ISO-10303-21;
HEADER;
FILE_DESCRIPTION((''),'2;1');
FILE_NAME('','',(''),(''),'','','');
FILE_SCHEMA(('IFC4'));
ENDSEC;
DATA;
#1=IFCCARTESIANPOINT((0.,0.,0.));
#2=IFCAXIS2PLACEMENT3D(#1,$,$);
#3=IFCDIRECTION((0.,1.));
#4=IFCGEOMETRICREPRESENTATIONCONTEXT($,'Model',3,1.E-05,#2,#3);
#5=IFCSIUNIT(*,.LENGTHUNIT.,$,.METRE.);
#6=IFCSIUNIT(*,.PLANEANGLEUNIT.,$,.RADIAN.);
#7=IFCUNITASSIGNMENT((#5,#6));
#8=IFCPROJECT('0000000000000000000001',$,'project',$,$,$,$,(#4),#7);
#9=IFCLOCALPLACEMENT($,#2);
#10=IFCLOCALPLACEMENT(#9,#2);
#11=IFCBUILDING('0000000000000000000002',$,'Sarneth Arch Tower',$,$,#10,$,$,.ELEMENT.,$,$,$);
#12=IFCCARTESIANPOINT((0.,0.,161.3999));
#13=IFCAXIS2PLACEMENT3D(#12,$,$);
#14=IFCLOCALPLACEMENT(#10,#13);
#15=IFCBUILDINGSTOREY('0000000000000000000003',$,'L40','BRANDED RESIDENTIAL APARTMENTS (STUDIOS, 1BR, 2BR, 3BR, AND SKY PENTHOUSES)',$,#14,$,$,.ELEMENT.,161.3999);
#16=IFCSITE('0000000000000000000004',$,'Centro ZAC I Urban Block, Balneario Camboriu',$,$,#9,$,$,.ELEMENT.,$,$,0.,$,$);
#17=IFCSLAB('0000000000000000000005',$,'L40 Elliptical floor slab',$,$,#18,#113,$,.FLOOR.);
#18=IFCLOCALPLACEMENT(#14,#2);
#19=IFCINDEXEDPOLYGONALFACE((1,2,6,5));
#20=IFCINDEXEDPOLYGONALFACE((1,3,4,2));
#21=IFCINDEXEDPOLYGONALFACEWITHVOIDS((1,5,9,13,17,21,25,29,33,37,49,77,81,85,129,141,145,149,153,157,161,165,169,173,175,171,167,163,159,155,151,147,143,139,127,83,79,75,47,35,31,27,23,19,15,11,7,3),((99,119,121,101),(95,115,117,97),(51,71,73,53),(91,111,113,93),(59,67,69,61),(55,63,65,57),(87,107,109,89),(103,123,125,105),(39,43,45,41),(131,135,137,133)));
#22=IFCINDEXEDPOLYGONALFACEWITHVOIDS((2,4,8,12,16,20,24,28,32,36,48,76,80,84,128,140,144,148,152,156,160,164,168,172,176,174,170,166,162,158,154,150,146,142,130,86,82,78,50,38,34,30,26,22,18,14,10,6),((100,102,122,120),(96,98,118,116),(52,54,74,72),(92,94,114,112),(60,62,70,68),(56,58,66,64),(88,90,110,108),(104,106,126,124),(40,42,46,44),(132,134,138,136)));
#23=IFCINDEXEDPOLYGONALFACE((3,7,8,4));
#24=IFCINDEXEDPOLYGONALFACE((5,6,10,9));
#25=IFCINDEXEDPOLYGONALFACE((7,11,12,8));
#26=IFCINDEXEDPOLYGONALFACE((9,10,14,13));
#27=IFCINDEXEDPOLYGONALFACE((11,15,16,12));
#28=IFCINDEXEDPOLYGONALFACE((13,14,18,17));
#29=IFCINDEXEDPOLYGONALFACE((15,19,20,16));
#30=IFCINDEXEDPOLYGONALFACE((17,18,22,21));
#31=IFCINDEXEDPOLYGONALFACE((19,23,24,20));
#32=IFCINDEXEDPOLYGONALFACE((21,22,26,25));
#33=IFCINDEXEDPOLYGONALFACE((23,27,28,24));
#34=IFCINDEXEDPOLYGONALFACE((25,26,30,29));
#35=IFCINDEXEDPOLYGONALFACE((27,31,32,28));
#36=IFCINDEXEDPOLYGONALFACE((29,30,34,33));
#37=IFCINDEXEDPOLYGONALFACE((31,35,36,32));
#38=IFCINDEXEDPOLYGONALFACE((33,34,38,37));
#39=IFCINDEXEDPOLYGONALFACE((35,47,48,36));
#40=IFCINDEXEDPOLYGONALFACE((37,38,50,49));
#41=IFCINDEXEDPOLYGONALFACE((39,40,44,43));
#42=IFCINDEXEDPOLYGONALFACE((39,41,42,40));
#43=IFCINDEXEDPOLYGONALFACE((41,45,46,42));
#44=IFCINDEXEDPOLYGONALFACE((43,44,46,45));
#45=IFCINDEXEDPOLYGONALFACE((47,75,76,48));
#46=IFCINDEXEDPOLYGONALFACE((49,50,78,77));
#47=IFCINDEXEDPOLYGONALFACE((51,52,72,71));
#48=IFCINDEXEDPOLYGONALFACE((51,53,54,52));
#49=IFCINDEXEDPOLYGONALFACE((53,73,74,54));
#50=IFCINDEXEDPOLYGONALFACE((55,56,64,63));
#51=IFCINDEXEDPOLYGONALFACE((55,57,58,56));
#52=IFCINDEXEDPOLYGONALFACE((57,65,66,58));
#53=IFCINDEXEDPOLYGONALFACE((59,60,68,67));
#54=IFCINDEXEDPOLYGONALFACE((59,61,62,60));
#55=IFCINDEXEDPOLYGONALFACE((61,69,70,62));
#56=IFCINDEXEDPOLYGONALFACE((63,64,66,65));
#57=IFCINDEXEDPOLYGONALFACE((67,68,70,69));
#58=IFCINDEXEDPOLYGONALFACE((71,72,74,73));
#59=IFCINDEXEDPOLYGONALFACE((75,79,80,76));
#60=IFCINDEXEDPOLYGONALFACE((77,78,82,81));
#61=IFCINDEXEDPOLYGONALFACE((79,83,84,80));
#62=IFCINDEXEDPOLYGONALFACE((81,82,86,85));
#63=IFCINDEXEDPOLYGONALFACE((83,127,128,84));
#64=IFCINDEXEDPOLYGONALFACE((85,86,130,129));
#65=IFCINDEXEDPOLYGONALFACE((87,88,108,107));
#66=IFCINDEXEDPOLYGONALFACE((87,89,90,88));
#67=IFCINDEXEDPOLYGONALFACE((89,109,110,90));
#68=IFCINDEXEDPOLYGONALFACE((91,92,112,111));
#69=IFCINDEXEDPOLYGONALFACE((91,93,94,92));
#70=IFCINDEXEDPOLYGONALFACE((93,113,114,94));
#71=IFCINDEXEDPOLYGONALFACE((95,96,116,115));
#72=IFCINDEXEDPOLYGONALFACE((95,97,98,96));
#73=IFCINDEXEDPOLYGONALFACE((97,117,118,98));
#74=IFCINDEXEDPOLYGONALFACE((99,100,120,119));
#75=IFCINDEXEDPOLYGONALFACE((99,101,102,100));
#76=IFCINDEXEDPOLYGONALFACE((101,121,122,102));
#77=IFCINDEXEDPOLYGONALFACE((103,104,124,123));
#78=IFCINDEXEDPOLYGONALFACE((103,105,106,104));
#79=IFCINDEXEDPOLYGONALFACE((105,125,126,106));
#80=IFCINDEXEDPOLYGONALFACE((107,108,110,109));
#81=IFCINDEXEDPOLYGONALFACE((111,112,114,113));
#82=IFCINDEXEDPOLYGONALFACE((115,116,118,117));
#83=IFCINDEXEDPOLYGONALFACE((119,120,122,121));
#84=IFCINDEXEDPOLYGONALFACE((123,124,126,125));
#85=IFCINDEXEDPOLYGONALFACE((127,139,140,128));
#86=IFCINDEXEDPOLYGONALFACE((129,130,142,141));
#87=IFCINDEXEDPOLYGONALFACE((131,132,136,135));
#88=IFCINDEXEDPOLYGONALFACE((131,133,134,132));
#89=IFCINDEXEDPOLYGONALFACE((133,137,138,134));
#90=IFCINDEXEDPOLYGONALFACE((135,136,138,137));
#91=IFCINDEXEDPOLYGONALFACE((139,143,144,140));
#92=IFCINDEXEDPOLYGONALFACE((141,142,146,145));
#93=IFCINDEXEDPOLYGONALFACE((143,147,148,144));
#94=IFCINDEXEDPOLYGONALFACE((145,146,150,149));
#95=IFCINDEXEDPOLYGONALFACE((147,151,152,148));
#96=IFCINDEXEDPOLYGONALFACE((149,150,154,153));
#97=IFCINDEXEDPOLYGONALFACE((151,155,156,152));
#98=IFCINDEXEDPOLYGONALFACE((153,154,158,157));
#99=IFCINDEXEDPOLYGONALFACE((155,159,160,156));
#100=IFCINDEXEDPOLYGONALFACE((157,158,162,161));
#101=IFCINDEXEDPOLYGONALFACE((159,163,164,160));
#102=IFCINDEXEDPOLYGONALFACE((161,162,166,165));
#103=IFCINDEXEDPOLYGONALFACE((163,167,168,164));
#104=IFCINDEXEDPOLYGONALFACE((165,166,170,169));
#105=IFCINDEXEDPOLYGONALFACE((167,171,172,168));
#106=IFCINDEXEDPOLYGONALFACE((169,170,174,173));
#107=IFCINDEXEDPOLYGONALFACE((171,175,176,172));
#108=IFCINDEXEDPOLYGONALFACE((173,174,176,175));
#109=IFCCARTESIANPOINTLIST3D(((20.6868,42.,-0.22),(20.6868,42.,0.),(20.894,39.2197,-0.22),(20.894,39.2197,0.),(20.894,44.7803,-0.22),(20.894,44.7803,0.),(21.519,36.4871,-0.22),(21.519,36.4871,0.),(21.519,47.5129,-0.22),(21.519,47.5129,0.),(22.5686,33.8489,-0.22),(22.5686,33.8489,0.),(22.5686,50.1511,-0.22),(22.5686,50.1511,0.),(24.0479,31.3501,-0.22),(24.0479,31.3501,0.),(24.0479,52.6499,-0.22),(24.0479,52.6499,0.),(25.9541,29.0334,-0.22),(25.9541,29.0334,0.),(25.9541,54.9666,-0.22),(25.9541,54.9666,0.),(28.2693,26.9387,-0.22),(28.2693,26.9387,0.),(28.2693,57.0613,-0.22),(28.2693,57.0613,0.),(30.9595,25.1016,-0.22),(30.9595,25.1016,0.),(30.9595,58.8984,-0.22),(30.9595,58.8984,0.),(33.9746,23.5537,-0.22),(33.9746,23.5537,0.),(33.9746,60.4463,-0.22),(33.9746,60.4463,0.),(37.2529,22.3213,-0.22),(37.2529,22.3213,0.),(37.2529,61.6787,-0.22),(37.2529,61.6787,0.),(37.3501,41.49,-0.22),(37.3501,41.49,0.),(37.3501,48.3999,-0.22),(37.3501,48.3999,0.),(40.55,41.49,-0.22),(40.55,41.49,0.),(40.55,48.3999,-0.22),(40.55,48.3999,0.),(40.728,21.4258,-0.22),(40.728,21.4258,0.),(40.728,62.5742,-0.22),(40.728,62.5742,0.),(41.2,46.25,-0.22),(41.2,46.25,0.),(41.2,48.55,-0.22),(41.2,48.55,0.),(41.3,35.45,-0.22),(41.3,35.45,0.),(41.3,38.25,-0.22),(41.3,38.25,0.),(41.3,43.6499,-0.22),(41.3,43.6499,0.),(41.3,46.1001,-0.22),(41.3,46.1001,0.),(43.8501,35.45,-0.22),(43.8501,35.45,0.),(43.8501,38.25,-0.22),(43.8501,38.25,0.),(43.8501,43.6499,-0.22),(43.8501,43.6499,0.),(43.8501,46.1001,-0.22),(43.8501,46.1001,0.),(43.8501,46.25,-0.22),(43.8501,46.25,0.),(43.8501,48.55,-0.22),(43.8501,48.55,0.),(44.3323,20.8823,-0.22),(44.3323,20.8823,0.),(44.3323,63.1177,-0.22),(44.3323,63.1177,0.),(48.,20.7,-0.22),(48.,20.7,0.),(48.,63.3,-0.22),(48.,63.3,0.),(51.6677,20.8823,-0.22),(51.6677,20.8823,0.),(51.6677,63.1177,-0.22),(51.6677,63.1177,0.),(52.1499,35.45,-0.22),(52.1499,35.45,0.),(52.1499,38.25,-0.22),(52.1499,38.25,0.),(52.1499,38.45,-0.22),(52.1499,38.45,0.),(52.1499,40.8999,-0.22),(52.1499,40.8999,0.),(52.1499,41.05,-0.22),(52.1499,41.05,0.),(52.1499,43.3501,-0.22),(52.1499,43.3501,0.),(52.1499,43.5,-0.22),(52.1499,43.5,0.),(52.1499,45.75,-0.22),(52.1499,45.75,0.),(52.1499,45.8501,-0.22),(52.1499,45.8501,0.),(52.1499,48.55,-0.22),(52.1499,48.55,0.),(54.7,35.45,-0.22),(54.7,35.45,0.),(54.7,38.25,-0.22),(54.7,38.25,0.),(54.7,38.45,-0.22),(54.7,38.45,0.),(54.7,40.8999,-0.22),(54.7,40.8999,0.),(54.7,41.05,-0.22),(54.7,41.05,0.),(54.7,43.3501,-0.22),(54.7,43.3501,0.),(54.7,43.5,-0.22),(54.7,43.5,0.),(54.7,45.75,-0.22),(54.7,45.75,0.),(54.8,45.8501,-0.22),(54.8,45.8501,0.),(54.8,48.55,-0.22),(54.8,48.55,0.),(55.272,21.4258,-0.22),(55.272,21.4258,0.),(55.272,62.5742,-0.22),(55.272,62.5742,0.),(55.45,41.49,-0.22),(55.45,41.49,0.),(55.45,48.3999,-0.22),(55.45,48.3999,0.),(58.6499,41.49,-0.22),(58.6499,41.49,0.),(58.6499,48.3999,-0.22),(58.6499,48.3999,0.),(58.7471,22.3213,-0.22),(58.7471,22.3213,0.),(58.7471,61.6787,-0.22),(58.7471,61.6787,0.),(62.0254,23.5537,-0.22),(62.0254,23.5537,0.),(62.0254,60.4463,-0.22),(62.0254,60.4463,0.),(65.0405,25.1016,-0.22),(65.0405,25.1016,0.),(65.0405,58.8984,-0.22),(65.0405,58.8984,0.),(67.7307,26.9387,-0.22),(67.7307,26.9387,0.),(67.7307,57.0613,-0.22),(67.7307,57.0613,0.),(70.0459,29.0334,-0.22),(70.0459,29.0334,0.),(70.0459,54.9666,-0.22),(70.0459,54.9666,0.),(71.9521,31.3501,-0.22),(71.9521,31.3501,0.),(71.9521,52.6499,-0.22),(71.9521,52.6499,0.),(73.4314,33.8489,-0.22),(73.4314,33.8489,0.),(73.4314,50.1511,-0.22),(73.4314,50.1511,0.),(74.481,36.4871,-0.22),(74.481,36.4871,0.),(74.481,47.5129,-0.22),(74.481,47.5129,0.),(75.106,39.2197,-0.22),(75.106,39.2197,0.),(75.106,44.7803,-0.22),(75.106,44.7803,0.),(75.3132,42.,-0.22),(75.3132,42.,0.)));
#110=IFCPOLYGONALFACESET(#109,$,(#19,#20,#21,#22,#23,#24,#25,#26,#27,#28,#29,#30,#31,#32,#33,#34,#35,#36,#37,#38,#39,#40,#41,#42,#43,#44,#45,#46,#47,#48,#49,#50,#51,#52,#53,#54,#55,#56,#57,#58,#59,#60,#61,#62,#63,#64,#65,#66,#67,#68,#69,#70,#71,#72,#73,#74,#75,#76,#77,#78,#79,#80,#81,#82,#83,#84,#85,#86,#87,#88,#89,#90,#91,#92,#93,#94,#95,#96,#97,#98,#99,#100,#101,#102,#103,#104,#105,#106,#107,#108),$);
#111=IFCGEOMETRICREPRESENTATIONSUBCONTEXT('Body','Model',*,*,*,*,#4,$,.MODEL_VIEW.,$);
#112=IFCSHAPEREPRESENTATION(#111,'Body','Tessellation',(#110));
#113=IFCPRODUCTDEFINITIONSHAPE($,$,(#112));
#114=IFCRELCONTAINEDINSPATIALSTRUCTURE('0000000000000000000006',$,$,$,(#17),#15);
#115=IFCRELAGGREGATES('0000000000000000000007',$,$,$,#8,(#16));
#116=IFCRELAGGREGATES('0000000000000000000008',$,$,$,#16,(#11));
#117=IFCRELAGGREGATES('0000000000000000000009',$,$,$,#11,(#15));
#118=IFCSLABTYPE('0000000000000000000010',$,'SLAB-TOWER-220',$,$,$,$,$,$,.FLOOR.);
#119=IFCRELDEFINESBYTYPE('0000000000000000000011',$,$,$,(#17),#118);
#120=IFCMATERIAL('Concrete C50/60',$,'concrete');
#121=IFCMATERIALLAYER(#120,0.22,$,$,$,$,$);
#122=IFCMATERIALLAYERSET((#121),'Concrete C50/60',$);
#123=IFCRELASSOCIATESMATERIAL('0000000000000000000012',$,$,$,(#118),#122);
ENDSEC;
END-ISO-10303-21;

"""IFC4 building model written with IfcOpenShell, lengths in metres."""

from ifc_helpers import new_model, si_unit, direction, frame, origin, place, context, subcontext, project, spatial, polyline, outline, extrude, material, layer, layer_set, type_object, element, save


model = new_model("IFC4")

# Units and contexts
model_context = context("Model", 3, precision=1e-05, world=origin(), true_north=direction((0.0, 1.0)))
body_context = subcontext(model_context, "Body", "Model", "MODEL_VIEW")
ifc_project = project(units=[si_unit("LENGTHUNIT", "METRE"), si_unit("PLANEANGLEUNIT", "RADIAN")], contexts=[model_context])

# Site, building, storey
site_placement = place(None, origin())
site = spatial("IfcSite", under=ifc_project, at=site_placement, Name="Centro ZAC I Urban Block, Balneario Camboriu", CompositionType="ELEMENT", RefElevation=0.0)
building_placement = place(site_placement, origin())
building = spatial("IfcBuilding", under=site, at=building_placement, Name="Sarneth Arch Tower", CompositionType="ELEMENT")
storey_placement = place(building_placement, frame((0.0, 0.0, 161.3999)))
storey = spatial("IfcBuildingStorey", under=building, at=storey_placement, Name="L40", Description="BRANDED RESIDENTIAL APARTMENTS (STUDIOS, 1BR, 2BR, 3BR, AND SKY PENTHOUSES)", CompositionType="ELEMENT", Elevation=161.3999)

# Slab
ifc_material_1 = material(Name="Concrete C50/60", Category="concrete")
ifc_layer_1 = layer(ifc_material_1, 0.22)
ifc_layer_set_1 = layer_set([ifc_layer_1], Name="Concrete C50/60")
slab_type_1 = type_object("IfcSlabType", Name="SLAB-TOWER-220", PredefinedType="FLOOR", material=ifc_layer_set_1)
slab_1_placement = place(storey_placement, frame((0.0, 0.0, -0.22)))
element("IfcSlab", 1, at=slab_1_placement, inside=storey, type_object=slab_type_1, Name="L40 Elliptical floor slab", PredefinedType="FLOOR", context=body_context, shape_type="SweptSolid", body=[
    extrude(outline(polyline([(75.3132, 42.0), (75.106, 44.7803), (74.481, 47.5129), (73.4314, 50.1511), (71.9521, 52.6499), (70.0459, 54.9666), (67.7307, 57.0613), (65.0405, 58.8984), (62.0254, 60.4463), (58.7471, 61.6787), (55.272, 62.5742), (51.6677, 63.1177), (48.0, 63.3), (44.3323, 63.1177), (40.728, 62.5742), (37.2529, 61.6787), (33.9746, 60.4463), (30.9595, 58.8984), (28.2693, 57.0613), (25.9541, 54.9666), (24.0479, 52.6499), (22.5686, 50.1511), (21.519, 47.5129), (20.894, 44.7803), (20.6868, 42.0), (20.894, 39.2197), (21.519, 36.4871), (22.5686, 33.8489), (24.0479, 31.3501), (25.9541, 29.0334), (28.2693, 26.9387), (30.9595, 25.1016), (33.9746, 23.5537), (37.2529, 22.3213), (40.728, 21.4258), (44.3323, 20.8823), (48.0, 20.7), (51.6677, 20.8823), (55.272, 21.4258), (58.7471, 22.3213), (62.0254, 23.5537), (65.0405, 25.1016), (67.7307, 26.9387), (70.0459, 29.0334), (71.9521, 31.3501), (73.4314, 33.8489), (74.481, 36.4871), (75.106, 39.2197), (75.3132, 42.0)]), holes=[polyline([(37.3501, 41.49), (40.55, 41.49), (40.55, 48.3999), (37.3501, 48.3999), (37.3501, 41.49)]), polyline([(55.45, 41.49), (58.6499, 41.49), (58.6499, 48.3999), (55.45, 48.3999), (55.45, 41.49)]), polyline([(41.2, 46.25), (43.8501, 46.25), (43.8501, 48.55), (41.2, 48.55), (41.2, 46.25)]), polyline([(41.3, 35.45), (43.8501, 35.45), (43.8501, 38.25), (41.3, 38.25), (41.3, 35.45)]), polyline([(52.1499, 35.45), (54.7, 35.45), (54.7, 38.25), (52.1499, 38.25), (52.1499, 35.45)]), polyline([(52.1499, 45.8501), (54.8, 45.8501), (54.8, 48.55), (52.1499, 48.55), (52.1499, 45.8501)]), polyline([(41.3, 43.6499), (43.8501, 43.6499), (43.8501, 46.1001), (41.3, 46.1001), (41.3, 43.6499)]), polyline([(52.1499, 38.45), (54.7, 38.45), (54.7, 40.8999), (52.1499, 40.8999), (52.1499, 38.45)]), polyline([(52.1499, 41.05), (54.7, 41.05), (54.7, 43.3501), (52.1499, 43.3501), (52.1499, 41.05)]), polyline([(52.1499, 43.5), (54.7, 43.5), (54.7, 45.75), (52.1499, 45.75), (52.1499, 43.5)])]), origin(), (0.0, 0.0, 1.0), 0.22),
])

save(model, "model.ifc")
